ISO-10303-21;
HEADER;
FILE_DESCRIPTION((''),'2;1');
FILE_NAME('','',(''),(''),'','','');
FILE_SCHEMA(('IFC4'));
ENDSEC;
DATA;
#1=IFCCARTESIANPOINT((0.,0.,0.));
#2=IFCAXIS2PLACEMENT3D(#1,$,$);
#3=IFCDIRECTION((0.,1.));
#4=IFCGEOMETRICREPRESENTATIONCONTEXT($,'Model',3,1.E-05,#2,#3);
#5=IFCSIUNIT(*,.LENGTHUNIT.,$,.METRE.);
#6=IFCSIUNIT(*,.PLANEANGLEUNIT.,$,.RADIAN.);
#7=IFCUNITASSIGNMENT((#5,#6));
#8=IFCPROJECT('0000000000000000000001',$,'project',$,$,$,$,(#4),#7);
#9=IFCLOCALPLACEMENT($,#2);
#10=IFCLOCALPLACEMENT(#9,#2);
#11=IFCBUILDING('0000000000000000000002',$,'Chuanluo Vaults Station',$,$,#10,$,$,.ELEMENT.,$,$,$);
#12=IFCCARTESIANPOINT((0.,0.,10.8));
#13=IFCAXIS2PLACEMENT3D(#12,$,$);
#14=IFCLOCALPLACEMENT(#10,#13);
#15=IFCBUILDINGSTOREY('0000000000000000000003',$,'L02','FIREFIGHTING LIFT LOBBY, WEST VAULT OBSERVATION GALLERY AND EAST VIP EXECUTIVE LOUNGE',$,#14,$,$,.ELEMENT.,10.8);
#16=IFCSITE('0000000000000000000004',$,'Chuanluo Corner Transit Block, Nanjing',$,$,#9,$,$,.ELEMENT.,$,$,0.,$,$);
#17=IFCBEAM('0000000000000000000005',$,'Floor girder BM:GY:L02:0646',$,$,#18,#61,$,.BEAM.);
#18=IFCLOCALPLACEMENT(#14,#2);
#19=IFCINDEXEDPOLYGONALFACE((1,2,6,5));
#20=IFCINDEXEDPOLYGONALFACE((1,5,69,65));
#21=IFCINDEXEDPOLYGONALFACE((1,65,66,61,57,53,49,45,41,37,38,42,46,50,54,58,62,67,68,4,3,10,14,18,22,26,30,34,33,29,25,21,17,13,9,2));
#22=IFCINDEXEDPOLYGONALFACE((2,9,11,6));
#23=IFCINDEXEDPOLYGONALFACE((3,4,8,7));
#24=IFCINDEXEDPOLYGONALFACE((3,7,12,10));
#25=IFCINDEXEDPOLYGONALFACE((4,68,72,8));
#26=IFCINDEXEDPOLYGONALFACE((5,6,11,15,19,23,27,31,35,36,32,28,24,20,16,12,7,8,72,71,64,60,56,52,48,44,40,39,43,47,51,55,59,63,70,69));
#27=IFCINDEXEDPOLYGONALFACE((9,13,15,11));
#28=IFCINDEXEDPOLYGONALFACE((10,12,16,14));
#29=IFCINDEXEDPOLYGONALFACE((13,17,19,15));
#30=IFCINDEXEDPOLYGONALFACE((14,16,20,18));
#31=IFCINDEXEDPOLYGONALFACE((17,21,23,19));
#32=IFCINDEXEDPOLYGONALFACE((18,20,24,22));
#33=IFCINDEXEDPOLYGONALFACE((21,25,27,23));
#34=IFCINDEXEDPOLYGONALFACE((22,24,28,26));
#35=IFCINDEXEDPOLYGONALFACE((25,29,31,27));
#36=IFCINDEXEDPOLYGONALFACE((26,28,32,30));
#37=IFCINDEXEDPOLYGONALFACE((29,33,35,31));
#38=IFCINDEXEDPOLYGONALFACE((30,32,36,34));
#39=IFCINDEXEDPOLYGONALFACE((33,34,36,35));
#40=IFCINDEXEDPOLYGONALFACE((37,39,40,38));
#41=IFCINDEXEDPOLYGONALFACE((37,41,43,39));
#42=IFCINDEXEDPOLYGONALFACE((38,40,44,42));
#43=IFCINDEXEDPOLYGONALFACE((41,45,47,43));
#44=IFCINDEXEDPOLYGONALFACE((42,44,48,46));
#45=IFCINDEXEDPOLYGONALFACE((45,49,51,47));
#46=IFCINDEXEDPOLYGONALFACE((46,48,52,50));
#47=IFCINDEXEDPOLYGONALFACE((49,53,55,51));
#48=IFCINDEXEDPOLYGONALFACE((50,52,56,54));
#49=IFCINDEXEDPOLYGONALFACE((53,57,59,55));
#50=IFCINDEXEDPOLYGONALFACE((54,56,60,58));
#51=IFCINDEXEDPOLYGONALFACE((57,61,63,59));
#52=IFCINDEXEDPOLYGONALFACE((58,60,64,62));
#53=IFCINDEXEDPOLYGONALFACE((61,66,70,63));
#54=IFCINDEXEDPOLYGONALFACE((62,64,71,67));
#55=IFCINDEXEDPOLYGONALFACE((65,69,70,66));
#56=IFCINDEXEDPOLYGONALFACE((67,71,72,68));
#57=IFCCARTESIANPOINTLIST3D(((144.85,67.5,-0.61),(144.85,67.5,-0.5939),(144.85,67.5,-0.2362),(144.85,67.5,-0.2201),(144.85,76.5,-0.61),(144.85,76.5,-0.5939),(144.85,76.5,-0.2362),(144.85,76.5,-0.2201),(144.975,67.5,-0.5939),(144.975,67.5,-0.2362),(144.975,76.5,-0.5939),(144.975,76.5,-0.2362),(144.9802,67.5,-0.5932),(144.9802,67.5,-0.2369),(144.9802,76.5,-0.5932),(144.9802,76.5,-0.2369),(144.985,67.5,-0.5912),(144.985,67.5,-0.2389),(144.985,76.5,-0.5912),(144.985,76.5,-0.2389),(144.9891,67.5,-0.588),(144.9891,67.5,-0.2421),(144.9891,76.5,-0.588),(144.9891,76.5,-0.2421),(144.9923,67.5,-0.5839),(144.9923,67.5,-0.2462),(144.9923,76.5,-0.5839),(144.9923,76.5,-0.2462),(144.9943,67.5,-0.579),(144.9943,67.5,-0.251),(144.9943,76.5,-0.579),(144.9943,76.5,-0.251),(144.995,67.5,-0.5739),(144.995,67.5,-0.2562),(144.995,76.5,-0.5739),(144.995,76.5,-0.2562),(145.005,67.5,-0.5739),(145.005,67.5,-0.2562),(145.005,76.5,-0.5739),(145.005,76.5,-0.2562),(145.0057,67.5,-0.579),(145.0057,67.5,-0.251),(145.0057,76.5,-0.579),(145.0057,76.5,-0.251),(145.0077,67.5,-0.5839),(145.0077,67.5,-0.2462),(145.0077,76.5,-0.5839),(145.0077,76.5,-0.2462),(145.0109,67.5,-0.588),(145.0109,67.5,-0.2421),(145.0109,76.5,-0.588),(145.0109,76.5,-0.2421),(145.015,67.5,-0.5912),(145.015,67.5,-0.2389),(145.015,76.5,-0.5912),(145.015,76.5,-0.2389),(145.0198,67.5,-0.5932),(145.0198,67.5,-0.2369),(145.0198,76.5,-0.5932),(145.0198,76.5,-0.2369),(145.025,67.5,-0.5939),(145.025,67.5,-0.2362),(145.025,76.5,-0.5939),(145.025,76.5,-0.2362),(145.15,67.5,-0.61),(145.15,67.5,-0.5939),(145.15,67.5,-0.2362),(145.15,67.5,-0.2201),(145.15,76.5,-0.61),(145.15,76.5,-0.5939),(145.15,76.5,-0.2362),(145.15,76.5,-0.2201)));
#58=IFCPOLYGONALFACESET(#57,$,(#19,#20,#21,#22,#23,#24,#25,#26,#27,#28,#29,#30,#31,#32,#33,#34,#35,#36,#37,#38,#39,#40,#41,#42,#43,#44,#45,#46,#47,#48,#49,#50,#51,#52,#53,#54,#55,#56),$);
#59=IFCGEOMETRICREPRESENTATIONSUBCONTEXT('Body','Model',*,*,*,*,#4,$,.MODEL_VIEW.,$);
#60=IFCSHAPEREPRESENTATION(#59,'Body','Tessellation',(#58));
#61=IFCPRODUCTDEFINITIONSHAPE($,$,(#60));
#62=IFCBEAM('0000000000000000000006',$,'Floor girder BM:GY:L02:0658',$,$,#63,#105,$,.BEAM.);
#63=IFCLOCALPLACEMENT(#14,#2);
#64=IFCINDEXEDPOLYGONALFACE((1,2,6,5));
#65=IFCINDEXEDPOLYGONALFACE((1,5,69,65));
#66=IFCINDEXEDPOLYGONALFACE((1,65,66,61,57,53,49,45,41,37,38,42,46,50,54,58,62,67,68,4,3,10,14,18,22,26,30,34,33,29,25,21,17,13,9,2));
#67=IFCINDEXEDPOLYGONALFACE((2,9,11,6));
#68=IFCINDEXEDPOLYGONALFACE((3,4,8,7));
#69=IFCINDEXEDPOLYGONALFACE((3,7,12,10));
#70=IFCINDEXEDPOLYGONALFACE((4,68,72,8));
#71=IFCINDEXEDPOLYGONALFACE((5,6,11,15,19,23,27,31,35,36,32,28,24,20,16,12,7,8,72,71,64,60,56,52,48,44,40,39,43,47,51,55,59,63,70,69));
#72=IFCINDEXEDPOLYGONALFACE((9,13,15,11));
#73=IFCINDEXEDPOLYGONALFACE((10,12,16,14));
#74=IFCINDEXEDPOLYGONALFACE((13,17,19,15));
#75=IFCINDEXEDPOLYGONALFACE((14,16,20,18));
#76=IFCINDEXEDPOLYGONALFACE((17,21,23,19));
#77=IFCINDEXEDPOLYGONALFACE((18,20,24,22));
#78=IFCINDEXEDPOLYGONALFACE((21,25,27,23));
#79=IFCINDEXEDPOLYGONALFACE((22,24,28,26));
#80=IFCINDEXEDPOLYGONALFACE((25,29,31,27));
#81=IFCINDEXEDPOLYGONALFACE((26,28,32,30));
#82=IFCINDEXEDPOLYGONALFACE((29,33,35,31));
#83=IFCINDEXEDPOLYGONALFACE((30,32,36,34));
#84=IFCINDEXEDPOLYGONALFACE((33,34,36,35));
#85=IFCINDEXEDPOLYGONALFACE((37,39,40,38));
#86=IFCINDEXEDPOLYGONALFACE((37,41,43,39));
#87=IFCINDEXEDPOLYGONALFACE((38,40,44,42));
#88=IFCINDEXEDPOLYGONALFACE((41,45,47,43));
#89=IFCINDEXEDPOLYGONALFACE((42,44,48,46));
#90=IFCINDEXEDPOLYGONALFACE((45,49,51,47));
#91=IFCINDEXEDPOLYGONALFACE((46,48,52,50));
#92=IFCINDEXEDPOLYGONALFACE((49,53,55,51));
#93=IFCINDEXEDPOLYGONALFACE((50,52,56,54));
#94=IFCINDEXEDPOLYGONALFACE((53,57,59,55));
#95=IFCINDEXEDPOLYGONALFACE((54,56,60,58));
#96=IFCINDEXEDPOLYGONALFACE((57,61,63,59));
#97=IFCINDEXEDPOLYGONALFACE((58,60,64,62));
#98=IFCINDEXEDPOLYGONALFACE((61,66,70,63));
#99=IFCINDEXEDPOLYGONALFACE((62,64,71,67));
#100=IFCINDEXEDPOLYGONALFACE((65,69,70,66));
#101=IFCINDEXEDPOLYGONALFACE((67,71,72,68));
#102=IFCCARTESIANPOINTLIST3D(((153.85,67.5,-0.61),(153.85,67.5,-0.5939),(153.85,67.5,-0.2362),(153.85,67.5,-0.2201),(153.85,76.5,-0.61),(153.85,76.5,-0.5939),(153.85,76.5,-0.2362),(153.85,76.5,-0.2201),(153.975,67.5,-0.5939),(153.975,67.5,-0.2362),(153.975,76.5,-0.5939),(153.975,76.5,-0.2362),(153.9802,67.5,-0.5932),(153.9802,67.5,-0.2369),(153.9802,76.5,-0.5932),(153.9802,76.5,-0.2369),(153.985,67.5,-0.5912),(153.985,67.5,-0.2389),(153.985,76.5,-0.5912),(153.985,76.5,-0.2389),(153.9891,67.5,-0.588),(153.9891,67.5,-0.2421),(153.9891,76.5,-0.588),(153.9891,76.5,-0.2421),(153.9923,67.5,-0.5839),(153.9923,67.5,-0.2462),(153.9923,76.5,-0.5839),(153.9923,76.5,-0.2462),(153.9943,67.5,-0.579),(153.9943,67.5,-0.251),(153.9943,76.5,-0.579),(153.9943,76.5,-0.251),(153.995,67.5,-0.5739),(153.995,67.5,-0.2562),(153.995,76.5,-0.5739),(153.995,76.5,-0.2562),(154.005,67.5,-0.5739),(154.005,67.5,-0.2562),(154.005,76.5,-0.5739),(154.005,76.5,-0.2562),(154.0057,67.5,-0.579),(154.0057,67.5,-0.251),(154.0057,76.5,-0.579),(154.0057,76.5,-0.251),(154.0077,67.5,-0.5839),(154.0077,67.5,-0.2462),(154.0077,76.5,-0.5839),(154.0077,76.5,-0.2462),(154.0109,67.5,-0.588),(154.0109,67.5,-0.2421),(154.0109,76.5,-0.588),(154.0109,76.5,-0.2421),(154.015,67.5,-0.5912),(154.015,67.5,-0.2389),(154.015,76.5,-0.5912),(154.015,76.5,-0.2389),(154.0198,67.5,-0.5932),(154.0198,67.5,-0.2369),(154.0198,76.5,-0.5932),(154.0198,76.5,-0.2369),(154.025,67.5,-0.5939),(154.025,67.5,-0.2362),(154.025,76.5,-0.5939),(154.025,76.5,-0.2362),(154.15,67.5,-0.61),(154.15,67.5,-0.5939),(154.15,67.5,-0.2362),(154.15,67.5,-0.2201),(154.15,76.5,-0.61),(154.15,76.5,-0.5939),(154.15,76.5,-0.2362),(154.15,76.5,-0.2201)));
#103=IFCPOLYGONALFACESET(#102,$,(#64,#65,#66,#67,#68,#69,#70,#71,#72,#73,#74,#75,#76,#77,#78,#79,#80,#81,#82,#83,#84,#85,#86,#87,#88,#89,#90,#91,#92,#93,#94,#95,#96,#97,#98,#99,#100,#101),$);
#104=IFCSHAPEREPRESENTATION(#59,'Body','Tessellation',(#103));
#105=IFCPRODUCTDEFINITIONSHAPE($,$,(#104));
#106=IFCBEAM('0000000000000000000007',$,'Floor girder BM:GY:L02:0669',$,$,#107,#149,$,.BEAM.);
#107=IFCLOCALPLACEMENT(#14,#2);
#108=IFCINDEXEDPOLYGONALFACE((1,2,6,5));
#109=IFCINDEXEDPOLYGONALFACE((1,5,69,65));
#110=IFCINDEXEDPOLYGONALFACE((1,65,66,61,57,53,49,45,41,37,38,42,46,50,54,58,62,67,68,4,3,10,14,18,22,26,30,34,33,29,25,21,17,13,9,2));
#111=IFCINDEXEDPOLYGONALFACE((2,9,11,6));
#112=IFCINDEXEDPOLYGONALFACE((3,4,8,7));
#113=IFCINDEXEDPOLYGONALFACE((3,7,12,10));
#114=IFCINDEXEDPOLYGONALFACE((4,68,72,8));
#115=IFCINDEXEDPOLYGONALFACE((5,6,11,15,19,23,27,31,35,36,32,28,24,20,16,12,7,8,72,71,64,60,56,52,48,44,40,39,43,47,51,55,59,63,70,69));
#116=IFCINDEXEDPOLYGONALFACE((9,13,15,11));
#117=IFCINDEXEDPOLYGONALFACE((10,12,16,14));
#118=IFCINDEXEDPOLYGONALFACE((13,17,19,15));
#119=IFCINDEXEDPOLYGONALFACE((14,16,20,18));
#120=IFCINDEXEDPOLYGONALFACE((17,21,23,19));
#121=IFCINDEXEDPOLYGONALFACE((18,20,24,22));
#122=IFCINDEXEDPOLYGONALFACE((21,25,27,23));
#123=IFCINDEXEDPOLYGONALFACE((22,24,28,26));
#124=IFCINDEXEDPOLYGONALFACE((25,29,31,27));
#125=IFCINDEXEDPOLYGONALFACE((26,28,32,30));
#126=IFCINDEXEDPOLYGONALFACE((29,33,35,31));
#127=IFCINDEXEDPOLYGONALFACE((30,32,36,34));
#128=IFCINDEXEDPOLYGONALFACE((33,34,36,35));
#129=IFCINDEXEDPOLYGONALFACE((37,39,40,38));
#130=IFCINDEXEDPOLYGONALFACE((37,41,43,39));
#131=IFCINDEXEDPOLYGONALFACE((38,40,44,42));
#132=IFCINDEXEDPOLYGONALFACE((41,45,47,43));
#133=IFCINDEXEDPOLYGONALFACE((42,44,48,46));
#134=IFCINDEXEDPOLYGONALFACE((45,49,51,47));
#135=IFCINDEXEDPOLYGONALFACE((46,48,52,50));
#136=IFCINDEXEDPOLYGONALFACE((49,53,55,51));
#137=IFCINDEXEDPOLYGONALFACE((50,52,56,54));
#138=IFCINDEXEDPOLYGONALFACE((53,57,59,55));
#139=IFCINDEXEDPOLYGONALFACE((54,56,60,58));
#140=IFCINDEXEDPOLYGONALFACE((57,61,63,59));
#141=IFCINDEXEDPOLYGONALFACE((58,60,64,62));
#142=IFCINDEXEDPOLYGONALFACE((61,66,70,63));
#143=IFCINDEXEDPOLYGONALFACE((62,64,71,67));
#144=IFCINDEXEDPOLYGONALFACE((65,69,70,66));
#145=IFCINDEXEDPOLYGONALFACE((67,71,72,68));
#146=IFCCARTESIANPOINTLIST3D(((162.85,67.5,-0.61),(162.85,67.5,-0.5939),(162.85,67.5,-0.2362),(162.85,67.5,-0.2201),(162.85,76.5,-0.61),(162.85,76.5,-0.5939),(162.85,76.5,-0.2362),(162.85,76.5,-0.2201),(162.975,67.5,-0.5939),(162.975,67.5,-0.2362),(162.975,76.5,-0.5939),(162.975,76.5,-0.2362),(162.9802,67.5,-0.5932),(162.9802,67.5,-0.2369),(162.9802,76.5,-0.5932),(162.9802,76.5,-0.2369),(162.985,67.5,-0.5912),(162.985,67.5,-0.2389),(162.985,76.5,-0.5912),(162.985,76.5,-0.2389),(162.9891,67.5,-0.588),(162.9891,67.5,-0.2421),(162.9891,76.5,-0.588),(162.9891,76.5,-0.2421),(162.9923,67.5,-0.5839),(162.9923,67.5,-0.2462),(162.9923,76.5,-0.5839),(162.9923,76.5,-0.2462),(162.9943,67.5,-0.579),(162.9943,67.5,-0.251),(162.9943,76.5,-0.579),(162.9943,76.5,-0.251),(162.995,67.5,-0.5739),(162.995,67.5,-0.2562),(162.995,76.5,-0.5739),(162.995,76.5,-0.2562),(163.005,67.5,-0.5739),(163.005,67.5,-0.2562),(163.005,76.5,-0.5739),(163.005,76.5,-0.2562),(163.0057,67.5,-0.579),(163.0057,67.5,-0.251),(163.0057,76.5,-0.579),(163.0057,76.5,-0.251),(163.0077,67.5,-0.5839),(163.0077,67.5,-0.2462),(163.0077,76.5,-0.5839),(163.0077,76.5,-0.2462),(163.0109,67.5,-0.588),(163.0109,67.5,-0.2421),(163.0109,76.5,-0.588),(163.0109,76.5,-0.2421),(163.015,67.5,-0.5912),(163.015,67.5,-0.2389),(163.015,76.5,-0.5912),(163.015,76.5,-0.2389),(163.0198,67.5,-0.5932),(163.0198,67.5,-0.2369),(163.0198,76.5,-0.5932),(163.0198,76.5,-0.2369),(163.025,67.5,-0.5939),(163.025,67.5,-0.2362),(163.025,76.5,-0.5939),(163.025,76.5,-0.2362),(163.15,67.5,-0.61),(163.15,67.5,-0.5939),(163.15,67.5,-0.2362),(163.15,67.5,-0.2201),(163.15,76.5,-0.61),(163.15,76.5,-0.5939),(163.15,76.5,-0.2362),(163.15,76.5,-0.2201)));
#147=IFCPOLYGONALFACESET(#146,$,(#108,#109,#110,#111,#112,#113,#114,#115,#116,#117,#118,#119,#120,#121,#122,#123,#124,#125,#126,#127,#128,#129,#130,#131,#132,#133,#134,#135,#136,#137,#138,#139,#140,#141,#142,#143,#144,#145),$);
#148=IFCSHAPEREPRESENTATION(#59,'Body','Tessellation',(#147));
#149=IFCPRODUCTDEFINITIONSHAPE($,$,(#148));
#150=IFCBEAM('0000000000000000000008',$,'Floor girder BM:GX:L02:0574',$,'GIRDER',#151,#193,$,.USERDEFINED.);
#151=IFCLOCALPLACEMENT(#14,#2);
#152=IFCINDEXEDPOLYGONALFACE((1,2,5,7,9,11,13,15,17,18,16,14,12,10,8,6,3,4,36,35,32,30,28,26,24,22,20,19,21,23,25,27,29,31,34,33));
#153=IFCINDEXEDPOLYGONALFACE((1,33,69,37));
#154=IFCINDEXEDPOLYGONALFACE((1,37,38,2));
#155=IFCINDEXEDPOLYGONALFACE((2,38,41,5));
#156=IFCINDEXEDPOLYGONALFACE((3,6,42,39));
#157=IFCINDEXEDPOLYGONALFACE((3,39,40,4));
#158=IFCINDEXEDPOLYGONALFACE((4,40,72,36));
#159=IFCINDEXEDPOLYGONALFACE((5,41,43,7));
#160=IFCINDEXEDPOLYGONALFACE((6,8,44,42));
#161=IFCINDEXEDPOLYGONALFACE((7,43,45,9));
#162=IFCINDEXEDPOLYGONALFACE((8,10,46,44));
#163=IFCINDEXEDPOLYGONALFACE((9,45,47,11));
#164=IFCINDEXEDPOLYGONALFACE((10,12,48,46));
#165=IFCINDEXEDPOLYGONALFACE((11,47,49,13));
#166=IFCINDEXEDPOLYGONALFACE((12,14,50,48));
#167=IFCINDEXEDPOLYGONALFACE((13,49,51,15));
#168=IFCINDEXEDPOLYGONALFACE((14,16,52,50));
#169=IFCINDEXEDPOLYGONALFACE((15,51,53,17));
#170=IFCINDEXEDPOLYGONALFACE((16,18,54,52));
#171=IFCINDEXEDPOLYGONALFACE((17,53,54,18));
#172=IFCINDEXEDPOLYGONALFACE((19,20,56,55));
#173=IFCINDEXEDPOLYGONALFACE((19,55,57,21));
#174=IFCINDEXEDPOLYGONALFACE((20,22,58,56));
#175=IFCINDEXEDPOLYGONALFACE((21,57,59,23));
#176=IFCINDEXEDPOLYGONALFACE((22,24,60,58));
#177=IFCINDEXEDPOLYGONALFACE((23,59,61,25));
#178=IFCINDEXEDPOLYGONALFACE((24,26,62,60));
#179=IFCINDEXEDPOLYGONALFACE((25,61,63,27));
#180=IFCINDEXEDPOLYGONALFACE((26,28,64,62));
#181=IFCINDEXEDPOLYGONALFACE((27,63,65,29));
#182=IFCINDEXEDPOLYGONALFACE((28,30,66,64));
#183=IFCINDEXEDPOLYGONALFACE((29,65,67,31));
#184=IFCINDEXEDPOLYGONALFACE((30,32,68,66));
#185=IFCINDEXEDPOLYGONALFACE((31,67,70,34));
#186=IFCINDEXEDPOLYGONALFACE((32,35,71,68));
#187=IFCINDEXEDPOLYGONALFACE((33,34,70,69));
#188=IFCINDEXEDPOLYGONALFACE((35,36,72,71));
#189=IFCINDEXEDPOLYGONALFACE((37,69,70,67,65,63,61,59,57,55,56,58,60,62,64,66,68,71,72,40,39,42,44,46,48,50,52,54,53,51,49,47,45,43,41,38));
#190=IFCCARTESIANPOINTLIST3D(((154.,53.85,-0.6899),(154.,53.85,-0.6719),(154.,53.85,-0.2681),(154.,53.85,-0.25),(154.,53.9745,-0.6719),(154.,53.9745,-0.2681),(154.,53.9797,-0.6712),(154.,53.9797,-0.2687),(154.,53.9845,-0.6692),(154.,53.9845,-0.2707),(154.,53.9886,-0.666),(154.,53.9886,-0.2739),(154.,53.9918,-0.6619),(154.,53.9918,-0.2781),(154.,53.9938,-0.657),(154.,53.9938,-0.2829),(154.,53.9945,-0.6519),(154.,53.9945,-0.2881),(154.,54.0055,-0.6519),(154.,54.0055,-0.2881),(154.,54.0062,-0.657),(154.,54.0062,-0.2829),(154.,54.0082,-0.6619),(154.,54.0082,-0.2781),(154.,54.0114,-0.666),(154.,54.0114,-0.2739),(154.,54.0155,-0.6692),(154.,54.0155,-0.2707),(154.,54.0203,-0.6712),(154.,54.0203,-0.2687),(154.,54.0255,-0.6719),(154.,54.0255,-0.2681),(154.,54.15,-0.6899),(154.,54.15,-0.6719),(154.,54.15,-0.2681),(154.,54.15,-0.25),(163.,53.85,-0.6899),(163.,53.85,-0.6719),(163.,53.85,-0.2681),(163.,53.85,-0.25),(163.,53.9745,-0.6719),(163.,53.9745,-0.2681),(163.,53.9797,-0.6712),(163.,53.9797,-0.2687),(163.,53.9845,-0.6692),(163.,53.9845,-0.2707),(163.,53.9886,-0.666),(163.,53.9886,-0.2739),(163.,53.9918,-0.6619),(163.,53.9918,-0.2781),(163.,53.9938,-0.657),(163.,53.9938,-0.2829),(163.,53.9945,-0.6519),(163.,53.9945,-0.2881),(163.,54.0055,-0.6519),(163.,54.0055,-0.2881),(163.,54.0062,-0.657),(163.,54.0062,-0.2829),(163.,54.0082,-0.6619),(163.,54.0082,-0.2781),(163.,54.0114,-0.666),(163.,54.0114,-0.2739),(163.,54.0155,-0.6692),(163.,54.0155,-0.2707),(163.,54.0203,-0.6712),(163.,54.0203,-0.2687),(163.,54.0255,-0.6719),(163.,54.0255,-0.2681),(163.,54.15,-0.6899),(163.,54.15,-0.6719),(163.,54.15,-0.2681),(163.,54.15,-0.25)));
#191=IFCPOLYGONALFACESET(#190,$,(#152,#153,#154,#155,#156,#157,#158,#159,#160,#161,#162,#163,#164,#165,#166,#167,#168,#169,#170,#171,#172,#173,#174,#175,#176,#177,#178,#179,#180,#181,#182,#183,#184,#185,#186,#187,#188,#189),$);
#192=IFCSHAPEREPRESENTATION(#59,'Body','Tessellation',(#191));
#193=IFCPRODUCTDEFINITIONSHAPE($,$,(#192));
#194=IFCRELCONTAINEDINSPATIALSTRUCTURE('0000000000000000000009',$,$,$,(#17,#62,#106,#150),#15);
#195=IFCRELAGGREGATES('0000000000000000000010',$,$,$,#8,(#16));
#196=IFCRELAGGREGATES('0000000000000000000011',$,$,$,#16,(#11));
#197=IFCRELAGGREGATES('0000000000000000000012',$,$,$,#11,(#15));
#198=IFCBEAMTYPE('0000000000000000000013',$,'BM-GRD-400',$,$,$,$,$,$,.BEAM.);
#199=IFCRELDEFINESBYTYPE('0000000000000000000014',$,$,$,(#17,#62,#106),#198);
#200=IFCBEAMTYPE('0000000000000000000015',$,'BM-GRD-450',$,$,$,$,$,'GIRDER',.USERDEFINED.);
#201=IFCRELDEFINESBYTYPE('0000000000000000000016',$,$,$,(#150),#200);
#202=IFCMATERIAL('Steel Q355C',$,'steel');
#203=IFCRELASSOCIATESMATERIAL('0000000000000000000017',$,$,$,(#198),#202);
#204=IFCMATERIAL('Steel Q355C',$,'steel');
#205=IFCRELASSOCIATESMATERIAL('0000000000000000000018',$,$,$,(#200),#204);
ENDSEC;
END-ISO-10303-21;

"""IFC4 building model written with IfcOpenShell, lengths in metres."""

from ifc_helpers import new_model, si_unit, direction, frame, origin, origin_2d, place, context, subcontext, project, spatial, i_section, extrude, material, material_profile, profile_set, type_object, element, save


model = new_model("IFC4")

# Units and contexts
model_context = context("Model", 3, precision=1e-05, world=origin(), true_north=direction((0.0, 1.0)))
body_context = subcontext(model_context, "Body", "Model", "MODEL_VIEW")
ifc_project = project(units=[si_unit("LENGTHUNIT", "METRE"), si_unit("PLANEANGLEUNIT", "RADIAN")], contexts=[model_context])

# Site, building, storey
site_placement = place(None, origin())
site = spatial("IfcSite", under=ifc_project, at=site_placement, Name="Chuanluo Corner Transit Block, Nanjing", CompositionType="ELEMENT", RefElevation=0.0)
building_placement = place(site_placement, origin())
building = spatial("IfcBuilding", under=site, at=building_placement, Name="Chuanluo Vaults Station", CompositionType="ELEMENT")
storey_placement = place(building_placement, frame((0.0, 0.0, 10.8)))
storey = spatial("IfcBuildingStorey", under=building, at=storey_placement, Name="L02", Description="FIREFIGHTING LIFT LOBBY, WEST VAULT OBSERVATION GALLERY AND EAST VIP EXECUTIVE LOUNGE", CompositionType="ELEMENT", Elevation=10.8)

# Beams
ifc_material_1 = material(Name="Steel Q355C", Category="steel")
ifc_material_profile_1 = material_profile(ifc_material_1, i_section(OverallWidth=0.3, OverallDepth=0.3899, WebThickness=0.01, FlangeThickness=0.0161, FilletRadius=0.02, at=origin_2d()))
ifc_profile_set_1 = profile_set([ifc_material_profile_1], Name="Steel Q355C")
beam_type_1 = type_object("IfcBeamType", Name="BM-GRD-400", PredefinedType="BEAM", material=ifc_profile_set_1)
for number, where, z_axis, x_axis, name in (
    (1, (145.0, 67.5, -0.415), (0.0, 1.0, 0.0), (-1.0, 0.0, 0.0), "Floor girder BM:GY:L02:0646"),
    (2, (154.0, 67.5, -0.415), (0.0, 1.0, 0.0), (-1.0, 0.0, 0.0), "Floor girder BM:GY:L02:0658"),
    (3, (163.0, 67.5, -0.415), (0.0, 1.0, 0.0), (-1.0, 0.0, 0.0), "Floor girder BM:GY:L02:0669"),
):
    element("IfcBeam", number, at=place(storey_placement, frame(where, z_axis=z_axis, x_axis=x_axis)), inside=storey, type_object=beam_type_1, Name=name, PredefinedType="BEAM", context=body_context, shape_type="SweptSolid", body=[
        extrude(i_section(OverallWidth=0.3, OverallDepth=0.3899, WebThickness=0.01, FlangeThickness=0.0161, FilletRadius=0.02, at=origin_2d()), origin(), (0.0, 0.0, 1.0), 9.0),
    ])
ifc_material_2 = material(Name="Steel Q355C", Category="steel")
ifc_material_profile_2 = material_profile(ifc_material_2, i_section(OverallWidth=0.3, OverallDepth=0.4399, WebThickness=0.011, FlangeThickness=0.0181, FilletRadius=0.02, at=origin_2d()))
ifc_profile_set_2 = profile_set([ifc_material_profile_2], Name="Steel Q355C")
beam_type_2 = type_object("IfcBeamType", Name="BM-GRD-450", ElementType="GIRDER", PredefinedType="USERDEFINED", material=ifc_profile_set_2)
for number, where, z_axis, x_axis, name in (
    (4, (154.0, 54.0, -0.47), (1.0, 0.0, 0.0), (0.0, 1.0, 0.0), "Floor girder BM:GX:L02:0574"),
):
    element("IfcBeam", number, at=place(storey_placement, frame(where, z_axis=z_axis, x_axis=x_axis)), inside=storey, type_object=beam_type_2, Name=name, ObjectType="GIRDER", PredefinedType="USERDEFINED", context=body_context, shape_type="SweptSolid", body=[
        extrude(i_section(OverallWidth=0.3, OverallDepth=0.4399, WebThickness=0.011, FlangeThickness=0.0181, FilletRadius=0.02, at=origin_2d()), origin(), (0.0, 0.0, 1.0), 9.0),
    ])

save(model, "model.ifc")
